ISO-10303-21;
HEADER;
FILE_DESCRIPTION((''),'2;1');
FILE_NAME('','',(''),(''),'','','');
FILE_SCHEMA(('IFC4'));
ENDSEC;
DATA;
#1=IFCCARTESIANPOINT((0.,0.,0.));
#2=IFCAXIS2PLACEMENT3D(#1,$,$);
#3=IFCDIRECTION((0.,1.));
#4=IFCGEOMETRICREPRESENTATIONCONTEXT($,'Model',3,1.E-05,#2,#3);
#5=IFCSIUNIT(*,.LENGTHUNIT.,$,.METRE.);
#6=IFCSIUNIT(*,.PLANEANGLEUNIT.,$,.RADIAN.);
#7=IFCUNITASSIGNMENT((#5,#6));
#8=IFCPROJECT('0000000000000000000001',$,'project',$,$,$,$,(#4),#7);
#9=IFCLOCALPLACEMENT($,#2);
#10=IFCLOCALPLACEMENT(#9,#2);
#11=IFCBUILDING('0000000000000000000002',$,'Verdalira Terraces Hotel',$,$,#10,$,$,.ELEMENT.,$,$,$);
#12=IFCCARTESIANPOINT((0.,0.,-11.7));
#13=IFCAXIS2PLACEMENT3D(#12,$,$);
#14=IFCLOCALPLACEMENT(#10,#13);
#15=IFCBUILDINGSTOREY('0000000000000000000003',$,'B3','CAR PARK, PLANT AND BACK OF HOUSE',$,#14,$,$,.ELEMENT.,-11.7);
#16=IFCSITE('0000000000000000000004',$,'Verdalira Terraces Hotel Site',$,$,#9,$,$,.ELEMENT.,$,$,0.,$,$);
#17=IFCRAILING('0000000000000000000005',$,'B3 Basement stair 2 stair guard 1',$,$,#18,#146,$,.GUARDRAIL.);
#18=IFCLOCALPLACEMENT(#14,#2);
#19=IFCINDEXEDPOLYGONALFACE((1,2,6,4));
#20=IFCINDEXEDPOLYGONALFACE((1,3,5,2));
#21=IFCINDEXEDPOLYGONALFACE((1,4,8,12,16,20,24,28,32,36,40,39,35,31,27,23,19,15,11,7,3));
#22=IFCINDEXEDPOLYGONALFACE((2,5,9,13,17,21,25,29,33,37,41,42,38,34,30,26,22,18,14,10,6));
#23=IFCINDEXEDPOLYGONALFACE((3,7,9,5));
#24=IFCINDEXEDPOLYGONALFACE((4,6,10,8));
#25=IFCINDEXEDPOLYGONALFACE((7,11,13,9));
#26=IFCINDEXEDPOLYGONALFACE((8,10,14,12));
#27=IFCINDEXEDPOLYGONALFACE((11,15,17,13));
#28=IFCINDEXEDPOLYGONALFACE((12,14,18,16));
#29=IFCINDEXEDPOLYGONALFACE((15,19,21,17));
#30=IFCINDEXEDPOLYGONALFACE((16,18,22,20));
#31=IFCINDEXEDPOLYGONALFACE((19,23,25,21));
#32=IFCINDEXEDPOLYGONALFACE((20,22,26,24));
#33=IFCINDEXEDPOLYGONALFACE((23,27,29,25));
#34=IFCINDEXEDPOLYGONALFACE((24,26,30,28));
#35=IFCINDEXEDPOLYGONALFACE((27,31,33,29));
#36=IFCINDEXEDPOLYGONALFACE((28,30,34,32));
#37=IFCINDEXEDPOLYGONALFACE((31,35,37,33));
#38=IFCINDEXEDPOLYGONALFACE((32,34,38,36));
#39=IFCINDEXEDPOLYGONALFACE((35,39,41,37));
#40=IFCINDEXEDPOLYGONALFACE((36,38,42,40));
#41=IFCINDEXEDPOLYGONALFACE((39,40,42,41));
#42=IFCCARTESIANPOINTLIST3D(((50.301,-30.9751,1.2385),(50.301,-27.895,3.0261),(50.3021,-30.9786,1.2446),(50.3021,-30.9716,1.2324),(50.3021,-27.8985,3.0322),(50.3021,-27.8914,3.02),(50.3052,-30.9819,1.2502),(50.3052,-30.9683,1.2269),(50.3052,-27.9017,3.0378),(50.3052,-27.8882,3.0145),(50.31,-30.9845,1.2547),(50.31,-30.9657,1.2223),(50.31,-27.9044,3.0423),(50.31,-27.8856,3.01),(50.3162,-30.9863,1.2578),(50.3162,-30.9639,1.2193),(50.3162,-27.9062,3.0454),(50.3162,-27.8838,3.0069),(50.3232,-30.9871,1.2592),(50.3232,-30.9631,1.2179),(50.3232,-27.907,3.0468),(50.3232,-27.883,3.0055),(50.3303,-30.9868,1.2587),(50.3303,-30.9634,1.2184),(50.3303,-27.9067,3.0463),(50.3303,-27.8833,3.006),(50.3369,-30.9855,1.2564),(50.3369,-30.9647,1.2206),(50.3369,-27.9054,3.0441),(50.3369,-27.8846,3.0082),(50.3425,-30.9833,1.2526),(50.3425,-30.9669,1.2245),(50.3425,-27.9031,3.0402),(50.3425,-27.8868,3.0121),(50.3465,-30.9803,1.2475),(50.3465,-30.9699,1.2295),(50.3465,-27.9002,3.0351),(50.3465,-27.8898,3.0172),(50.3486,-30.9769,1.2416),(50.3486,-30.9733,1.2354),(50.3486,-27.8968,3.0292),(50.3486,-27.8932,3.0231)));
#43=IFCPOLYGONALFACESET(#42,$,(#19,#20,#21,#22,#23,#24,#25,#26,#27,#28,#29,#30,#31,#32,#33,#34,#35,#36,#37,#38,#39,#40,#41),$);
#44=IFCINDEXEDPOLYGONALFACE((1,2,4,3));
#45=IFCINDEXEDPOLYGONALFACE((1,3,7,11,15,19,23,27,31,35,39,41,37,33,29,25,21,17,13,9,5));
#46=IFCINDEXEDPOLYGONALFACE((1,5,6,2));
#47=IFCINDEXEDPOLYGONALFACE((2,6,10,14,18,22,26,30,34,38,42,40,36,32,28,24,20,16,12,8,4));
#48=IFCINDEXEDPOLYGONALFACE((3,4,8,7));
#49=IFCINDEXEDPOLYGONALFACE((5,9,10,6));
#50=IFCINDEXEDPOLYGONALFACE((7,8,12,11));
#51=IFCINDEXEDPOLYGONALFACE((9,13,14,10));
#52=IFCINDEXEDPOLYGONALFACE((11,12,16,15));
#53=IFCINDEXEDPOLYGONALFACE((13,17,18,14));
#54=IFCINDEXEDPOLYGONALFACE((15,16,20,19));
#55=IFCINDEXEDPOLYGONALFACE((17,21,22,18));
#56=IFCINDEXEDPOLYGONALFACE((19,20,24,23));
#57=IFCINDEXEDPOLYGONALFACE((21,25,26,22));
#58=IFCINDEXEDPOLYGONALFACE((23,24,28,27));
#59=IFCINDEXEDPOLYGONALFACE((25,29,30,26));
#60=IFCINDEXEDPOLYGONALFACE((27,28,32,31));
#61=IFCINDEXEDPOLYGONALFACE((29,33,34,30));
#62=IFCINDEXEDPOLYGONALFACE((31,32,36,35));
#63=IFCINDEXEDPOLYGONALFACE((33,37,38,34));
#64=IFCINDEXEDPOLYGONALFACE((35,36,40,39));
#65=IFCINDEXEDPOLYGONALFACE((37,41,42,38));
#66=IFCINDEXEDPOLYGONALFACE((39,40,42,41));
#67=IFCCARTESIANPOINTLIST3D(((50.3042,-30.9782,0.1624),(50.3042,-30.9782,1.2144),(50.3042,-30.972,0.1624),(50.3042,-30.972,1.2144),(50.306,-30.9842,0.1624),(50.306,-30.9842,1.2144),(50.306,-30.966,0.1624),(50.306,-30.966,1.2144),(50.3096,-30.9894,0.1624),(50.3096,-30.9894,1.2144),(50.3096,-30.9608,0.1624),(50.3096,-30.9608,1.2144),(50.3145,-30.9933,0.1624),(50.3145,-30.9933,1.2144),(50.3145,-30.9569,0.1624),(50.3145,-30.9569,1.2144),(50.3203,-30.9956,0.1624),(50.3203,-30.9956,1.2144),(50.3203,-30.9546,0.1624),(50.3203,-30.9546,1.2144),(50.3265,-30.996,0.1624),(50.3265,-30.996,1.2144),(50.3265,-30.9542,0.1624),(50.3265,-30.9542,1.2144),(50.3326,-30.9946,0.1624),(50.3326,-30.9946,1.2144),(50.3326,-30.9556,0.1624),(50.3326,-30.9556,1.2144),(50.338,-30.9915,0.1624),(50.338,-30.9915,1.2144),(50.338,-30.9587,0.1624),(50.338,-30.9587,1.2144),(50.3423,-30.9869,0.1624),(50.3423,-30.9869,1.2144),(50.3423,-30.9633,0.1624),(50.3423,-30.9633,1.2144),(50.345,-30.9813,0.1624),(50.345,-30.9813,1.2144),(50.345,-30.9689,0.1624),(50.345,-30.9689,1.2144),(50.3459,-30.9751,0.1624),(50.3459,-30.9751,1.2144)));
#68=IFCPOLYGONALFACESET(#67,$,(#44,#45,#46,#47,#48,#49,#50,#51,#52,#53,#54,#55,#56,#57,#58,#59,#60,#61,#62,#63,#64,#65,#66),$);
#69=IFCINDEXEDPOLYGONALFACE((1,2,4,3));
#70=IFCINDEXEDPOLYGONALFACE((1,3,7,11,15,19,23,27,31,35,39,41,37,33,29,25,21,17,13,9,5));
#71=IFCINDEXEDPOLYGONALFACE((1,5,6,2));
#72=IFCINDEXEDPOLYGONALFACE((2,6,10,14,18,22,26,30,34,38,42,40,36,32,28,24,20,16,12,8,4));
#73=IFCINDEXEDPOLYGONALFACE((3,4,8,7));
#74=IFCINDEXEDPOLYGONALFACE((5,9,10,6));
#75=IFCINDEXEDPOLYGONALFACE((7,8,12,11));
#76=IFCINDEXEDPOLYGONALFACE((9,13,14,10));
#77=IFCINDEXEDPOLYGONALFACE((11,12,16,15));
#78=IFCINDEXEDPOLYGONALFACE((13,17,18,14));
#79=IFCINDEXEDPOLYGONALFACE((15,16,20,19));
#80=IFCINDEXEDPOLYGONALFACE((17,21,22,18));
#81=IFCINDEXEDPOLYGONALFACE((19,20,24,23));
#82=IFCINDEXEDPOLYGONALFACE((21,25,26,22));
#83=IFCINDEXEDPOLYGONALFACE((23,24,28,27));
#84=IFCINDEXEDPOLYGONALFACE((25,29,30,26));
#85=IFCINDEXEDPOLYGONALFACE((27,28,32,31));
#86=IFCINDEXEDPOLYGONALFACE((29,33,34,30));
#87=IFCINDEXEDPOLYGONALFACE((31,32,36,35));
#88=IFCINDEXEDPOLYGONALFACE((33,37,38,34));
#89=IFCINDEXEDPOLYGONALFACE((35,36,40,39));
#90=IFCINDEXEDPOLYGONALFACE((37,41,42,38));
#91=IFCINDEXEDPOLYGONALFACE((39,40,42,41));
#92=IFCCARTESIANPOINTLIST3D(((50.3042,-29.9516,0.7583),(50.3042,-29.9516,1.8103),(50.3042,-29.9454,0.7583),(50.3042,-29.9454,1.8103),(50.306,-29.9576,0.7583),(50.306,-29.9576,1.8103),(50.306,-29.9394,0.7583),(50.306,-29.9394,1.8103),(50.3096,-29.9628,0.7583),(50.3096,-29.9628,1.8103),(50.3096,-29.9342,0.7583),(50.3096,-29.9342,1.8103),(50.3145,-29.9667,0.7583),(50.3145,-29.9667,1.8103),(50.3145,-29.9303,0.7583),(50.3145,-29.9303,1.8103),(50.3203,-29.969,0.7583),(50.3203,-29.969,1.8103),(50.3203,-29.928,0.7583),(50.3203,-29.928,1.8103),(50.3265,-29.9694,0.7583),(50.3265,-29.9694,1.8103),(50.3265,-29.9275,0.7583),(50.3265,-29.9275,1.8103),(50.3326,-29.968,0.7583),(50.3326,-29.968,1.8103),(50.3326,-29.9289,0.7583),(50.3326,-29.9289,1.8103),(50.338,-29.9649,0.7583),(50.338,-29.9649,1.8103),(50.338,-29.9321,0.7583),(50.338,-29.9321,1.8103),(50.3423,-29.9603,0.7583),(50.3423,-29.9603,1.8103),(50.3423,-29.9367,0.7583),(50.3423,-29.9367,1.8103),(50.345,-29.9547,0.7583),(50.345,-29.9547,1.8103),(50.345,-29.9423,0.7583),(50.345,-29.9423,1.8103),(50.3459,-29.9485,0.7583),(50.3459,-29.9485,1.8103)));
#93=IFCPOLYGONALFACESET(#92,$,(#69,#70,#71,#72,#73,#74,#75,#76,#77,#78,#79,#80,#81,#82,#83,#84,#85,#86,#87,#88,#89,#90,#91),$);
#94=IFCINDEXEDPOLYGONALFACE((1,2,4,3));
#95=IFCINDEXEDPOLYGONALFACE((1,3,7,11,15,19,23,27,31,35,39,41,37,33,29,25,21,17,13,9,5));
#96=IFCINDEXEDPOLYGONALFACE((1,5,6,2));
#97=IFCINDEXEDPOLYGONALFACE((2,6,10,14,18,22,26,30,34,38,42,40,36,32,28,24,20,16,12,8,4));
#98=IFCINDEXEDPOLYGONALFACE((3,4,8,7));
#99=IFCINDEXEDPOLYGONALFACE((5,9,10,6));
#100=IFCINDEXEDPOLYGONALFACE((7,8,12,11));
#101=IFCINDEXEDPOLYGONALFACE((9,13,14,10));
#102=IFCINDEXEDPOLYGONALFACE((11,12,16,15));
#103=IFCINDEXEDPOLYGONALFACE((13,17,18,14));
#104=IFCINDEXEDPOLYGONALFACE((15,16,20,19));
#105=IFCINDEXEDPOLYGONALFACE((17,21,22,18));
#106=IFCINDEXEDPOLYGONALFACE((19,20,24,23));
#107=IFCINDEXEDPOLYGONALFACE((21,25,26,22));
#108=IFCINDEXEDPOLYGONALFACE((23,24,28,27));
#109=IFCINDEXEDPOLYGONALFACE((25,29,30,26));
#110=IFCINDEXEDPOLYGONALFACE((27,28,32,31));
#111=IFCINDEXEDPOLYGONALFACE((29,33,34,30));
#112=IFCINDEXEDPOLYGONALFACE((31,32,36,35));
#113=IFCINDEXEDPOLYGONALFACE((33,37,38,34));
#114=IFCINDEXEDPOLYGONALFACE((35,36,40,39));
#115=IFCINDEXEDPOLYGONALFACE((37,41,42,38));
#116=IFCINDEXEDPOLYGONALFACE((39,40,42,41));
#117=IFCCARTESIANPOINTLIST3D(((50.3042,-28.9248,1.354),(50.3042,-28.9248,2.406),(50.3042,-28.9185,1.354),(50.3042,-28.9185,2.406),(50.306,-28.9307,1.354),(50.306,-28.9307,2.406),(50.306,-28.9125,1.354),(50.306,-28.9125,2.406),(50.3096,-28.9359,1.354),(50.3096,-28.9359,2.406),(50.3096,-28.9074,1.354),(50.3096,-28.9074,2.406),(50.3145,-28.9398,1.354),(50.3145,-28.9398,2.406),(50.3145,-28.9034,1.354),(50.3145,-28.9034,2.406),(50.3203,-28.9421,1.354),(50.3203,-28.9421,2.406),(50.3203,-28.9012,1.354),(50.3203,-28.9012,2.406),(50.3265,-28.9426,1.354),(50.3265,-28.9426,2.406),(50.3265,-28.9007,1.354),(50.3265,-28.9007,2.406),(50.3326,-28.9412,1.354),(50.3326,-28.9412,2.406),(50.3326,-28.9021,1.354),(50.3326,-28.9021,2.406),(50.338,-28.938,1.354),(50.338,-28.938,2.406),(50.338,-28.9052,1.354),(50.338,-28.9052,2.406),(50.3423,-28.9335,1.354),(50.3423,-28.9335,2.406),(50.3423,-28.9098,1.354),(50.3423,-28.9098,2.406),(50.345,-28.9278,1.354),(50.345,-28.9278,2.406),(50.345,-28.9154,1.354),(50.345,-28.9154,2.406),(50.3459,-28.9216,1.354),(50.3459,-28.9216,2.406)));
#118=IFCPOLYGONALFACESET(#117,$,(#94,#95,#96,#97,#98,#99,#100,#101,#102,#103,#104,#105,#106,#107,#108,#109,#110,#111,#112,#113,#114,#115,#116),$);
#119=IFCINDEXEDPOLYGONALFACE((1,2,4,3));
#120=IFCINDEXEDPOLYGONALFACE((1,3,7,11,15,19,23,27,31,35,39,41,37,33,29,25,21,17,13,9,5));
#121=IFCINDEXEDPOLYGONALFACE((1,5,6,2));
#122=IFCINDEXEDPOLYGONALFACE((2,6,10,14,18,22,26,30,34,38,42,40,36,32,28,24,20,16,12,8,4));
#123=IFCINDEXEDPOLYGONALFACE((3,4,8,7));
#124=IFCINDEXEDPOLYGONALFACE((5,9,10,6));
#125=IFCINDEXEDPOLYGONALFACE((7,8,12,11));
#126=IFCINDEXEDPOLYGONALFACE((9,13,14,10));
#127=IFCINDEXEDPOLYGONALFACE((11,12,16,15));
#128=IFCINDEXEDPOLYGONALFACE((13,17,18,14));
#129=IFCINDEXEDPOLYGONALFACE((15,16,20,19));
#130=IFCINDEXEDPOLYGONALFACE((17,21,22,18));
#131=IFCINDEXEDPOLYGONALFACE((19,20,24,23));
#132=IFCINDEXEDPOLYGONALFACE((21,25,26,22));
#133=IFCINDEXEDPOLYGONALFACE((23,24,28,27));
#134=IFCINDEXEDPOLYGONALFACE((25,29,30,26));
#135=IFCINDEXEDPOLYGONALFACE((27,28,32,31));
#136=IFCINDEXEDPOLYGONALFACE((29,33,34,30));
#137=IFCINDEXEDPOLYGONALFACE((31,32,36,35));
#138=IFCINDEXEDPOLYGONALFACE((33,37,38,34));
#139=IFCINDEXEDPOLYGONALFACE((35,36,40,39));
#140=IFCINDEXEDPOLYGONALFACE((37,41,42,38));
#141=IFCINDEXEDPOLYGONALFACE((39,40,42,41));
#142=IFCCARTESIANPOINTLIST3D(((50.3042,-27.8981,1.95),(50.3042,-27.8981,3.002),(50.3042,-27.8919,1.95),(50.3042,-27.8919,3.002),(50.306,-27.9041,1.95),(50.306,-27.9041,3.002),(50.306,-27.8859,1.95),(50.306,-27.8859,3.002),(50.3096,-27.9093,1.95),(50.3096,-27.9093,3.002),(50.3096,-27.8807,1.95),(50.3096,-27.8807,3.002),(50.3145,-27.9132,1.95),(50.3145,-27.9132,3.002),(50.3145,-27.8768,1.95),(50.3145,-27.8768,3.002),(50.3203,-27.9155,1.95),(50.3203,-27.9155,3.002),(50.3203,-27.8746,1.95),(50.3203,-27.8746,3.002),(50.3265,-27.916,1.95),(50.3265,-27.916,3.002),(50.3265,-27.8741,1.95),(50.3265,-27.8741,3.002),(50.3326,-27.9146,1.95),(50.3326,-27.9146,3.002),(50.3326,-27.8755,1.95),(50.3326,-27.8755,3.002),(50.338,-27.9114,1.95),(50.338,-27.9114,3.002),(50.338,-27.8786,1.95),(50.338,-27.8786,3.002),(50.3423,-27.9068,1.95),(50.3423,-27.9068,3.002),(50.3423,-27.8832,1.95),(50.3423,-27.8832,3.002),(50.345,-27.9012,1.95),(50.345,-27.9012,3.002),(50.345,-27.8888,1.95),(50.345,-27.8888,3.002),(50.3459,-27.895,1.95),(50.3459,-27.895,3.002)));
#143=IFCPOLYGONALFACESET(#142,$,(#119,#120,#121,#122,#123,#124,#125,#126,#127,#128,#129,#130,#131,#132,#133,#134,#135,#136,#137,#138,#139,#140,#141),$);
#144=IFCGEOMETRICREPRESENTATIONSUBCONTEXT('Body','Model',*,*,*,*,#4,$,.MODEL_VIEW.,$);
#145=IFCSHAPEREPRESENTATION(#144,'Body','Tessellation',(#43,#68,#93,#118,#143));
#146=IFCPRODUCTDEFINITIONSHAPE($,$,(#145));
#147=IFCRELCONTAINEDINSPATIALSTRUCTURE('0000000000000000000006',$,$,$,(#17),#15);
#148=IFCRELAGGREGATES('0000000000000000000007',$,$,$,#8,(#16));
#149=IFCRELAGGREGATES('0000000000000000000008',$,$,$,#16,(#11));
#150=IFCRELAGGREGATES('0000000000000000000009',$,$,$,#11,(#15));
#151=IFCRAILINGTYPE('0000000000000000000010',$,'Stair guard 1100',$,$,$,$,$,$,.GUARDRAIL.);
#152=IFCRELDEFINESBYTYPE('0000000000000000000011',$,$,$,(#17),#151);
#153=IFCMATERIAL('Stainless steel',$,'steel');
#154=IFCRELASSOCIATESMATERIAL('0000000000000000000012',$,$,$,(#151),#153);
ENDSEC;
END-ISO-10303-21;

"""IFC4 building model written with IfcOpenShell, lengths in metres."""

from ifc_helpers import new_model, si_unit, direction, frame, origin, origin_2d, place, context, subcontext, project, spatial, circle, extrude, material, type_object, element, save


model = new_model("IFC4")

# Units and contexts
model_context = context("Model", 3, precision=1e-05, world=origin(), true_north=direction((0.0, 1.0)))
body_context = subcontext(model_context, "Body", "Model", "MODEL_VIEW")
ifc_project = project(units=[si_unit("LENGTHUNIT", "METRE"), si_unit("PLANEANGLEUNIT", "RADIAN")], contexts=[model_context])

# Site, building, storey
site_placement = place(None, origin())
site = spatial("IfcSite", under=ifc_project, at=site_placement, Name="Verdalira Terraces Hotel Site", CompositionType="ELEMENT", RefElevation=0.0)
building_placement = place(site_placement, origin())
building = spatial("IfcBuilding", under=site, at=building_placement, Name="Verdalira Terraces Hotel", CompositionType="ELEMENT")
storey_placement = place(building_placement, frame((0.0, 0.0, -11.7)))
storey = spatial("IfcBuildingStorey", under=building, at=storey_placement, Name="B3", Description="CAR PARK, PLANT AND BACK OF HOUSE", CompositionType="ELEMENT", Elevation=-11.7)

# Railing
ifc_material_1 = material(Name="Stainless steel", Category="steel")
railing_type_1 = type_object("IfcRailingType", Name="Stair guard 1100", PredefinedType="GUARDRAIL", material=ifc_material_1)
railing_1_placement = place(storey_placement, frame((50.325, -30.9751, 0.1624)))
element("IfcRailing", 1, at=railing_1_placement, inside=storey, type_object=railing_type_1, Name="B3 Basement stair 2 stair guard 1", PredefinedType="GUARDRAIL", context=body_context, shape_type="SweptSolid", body=[
    extrude(circle(Radius=0.0239, at=origin_2d()), frame((0.0, 0.0, 1.0762), z_axis=(0.0, 0.864891, 0.50196), x_axis=(-1.0, 0.0, 0.0)), (0.0, 0.0, 1.0), 3.5613),
    extrude(circle(Radius=0.021, at=origin_2d()), origin(), (0.0, 0.0, 1.0), 1.052),
    extrude(circle(Radius=0.021, at=origin_2d()), frame((0.0, 1.0266, 0.5959)), (0.0, 0.0, 1.0), 1.052),
    extrude(circle(Radius=0.021, at=origin_2d()), frame((0.0, 2.0535, 1.1917)), (0.0, 0.0, 1.0), 1.052),
    extrude(circle(Radius=0.021, at=origin_2d()), frame((0.0, 3.0801, 1.7876)), (0.0, 0.0, 1.0), 1.052),
])

save(model, "model.ifc")
